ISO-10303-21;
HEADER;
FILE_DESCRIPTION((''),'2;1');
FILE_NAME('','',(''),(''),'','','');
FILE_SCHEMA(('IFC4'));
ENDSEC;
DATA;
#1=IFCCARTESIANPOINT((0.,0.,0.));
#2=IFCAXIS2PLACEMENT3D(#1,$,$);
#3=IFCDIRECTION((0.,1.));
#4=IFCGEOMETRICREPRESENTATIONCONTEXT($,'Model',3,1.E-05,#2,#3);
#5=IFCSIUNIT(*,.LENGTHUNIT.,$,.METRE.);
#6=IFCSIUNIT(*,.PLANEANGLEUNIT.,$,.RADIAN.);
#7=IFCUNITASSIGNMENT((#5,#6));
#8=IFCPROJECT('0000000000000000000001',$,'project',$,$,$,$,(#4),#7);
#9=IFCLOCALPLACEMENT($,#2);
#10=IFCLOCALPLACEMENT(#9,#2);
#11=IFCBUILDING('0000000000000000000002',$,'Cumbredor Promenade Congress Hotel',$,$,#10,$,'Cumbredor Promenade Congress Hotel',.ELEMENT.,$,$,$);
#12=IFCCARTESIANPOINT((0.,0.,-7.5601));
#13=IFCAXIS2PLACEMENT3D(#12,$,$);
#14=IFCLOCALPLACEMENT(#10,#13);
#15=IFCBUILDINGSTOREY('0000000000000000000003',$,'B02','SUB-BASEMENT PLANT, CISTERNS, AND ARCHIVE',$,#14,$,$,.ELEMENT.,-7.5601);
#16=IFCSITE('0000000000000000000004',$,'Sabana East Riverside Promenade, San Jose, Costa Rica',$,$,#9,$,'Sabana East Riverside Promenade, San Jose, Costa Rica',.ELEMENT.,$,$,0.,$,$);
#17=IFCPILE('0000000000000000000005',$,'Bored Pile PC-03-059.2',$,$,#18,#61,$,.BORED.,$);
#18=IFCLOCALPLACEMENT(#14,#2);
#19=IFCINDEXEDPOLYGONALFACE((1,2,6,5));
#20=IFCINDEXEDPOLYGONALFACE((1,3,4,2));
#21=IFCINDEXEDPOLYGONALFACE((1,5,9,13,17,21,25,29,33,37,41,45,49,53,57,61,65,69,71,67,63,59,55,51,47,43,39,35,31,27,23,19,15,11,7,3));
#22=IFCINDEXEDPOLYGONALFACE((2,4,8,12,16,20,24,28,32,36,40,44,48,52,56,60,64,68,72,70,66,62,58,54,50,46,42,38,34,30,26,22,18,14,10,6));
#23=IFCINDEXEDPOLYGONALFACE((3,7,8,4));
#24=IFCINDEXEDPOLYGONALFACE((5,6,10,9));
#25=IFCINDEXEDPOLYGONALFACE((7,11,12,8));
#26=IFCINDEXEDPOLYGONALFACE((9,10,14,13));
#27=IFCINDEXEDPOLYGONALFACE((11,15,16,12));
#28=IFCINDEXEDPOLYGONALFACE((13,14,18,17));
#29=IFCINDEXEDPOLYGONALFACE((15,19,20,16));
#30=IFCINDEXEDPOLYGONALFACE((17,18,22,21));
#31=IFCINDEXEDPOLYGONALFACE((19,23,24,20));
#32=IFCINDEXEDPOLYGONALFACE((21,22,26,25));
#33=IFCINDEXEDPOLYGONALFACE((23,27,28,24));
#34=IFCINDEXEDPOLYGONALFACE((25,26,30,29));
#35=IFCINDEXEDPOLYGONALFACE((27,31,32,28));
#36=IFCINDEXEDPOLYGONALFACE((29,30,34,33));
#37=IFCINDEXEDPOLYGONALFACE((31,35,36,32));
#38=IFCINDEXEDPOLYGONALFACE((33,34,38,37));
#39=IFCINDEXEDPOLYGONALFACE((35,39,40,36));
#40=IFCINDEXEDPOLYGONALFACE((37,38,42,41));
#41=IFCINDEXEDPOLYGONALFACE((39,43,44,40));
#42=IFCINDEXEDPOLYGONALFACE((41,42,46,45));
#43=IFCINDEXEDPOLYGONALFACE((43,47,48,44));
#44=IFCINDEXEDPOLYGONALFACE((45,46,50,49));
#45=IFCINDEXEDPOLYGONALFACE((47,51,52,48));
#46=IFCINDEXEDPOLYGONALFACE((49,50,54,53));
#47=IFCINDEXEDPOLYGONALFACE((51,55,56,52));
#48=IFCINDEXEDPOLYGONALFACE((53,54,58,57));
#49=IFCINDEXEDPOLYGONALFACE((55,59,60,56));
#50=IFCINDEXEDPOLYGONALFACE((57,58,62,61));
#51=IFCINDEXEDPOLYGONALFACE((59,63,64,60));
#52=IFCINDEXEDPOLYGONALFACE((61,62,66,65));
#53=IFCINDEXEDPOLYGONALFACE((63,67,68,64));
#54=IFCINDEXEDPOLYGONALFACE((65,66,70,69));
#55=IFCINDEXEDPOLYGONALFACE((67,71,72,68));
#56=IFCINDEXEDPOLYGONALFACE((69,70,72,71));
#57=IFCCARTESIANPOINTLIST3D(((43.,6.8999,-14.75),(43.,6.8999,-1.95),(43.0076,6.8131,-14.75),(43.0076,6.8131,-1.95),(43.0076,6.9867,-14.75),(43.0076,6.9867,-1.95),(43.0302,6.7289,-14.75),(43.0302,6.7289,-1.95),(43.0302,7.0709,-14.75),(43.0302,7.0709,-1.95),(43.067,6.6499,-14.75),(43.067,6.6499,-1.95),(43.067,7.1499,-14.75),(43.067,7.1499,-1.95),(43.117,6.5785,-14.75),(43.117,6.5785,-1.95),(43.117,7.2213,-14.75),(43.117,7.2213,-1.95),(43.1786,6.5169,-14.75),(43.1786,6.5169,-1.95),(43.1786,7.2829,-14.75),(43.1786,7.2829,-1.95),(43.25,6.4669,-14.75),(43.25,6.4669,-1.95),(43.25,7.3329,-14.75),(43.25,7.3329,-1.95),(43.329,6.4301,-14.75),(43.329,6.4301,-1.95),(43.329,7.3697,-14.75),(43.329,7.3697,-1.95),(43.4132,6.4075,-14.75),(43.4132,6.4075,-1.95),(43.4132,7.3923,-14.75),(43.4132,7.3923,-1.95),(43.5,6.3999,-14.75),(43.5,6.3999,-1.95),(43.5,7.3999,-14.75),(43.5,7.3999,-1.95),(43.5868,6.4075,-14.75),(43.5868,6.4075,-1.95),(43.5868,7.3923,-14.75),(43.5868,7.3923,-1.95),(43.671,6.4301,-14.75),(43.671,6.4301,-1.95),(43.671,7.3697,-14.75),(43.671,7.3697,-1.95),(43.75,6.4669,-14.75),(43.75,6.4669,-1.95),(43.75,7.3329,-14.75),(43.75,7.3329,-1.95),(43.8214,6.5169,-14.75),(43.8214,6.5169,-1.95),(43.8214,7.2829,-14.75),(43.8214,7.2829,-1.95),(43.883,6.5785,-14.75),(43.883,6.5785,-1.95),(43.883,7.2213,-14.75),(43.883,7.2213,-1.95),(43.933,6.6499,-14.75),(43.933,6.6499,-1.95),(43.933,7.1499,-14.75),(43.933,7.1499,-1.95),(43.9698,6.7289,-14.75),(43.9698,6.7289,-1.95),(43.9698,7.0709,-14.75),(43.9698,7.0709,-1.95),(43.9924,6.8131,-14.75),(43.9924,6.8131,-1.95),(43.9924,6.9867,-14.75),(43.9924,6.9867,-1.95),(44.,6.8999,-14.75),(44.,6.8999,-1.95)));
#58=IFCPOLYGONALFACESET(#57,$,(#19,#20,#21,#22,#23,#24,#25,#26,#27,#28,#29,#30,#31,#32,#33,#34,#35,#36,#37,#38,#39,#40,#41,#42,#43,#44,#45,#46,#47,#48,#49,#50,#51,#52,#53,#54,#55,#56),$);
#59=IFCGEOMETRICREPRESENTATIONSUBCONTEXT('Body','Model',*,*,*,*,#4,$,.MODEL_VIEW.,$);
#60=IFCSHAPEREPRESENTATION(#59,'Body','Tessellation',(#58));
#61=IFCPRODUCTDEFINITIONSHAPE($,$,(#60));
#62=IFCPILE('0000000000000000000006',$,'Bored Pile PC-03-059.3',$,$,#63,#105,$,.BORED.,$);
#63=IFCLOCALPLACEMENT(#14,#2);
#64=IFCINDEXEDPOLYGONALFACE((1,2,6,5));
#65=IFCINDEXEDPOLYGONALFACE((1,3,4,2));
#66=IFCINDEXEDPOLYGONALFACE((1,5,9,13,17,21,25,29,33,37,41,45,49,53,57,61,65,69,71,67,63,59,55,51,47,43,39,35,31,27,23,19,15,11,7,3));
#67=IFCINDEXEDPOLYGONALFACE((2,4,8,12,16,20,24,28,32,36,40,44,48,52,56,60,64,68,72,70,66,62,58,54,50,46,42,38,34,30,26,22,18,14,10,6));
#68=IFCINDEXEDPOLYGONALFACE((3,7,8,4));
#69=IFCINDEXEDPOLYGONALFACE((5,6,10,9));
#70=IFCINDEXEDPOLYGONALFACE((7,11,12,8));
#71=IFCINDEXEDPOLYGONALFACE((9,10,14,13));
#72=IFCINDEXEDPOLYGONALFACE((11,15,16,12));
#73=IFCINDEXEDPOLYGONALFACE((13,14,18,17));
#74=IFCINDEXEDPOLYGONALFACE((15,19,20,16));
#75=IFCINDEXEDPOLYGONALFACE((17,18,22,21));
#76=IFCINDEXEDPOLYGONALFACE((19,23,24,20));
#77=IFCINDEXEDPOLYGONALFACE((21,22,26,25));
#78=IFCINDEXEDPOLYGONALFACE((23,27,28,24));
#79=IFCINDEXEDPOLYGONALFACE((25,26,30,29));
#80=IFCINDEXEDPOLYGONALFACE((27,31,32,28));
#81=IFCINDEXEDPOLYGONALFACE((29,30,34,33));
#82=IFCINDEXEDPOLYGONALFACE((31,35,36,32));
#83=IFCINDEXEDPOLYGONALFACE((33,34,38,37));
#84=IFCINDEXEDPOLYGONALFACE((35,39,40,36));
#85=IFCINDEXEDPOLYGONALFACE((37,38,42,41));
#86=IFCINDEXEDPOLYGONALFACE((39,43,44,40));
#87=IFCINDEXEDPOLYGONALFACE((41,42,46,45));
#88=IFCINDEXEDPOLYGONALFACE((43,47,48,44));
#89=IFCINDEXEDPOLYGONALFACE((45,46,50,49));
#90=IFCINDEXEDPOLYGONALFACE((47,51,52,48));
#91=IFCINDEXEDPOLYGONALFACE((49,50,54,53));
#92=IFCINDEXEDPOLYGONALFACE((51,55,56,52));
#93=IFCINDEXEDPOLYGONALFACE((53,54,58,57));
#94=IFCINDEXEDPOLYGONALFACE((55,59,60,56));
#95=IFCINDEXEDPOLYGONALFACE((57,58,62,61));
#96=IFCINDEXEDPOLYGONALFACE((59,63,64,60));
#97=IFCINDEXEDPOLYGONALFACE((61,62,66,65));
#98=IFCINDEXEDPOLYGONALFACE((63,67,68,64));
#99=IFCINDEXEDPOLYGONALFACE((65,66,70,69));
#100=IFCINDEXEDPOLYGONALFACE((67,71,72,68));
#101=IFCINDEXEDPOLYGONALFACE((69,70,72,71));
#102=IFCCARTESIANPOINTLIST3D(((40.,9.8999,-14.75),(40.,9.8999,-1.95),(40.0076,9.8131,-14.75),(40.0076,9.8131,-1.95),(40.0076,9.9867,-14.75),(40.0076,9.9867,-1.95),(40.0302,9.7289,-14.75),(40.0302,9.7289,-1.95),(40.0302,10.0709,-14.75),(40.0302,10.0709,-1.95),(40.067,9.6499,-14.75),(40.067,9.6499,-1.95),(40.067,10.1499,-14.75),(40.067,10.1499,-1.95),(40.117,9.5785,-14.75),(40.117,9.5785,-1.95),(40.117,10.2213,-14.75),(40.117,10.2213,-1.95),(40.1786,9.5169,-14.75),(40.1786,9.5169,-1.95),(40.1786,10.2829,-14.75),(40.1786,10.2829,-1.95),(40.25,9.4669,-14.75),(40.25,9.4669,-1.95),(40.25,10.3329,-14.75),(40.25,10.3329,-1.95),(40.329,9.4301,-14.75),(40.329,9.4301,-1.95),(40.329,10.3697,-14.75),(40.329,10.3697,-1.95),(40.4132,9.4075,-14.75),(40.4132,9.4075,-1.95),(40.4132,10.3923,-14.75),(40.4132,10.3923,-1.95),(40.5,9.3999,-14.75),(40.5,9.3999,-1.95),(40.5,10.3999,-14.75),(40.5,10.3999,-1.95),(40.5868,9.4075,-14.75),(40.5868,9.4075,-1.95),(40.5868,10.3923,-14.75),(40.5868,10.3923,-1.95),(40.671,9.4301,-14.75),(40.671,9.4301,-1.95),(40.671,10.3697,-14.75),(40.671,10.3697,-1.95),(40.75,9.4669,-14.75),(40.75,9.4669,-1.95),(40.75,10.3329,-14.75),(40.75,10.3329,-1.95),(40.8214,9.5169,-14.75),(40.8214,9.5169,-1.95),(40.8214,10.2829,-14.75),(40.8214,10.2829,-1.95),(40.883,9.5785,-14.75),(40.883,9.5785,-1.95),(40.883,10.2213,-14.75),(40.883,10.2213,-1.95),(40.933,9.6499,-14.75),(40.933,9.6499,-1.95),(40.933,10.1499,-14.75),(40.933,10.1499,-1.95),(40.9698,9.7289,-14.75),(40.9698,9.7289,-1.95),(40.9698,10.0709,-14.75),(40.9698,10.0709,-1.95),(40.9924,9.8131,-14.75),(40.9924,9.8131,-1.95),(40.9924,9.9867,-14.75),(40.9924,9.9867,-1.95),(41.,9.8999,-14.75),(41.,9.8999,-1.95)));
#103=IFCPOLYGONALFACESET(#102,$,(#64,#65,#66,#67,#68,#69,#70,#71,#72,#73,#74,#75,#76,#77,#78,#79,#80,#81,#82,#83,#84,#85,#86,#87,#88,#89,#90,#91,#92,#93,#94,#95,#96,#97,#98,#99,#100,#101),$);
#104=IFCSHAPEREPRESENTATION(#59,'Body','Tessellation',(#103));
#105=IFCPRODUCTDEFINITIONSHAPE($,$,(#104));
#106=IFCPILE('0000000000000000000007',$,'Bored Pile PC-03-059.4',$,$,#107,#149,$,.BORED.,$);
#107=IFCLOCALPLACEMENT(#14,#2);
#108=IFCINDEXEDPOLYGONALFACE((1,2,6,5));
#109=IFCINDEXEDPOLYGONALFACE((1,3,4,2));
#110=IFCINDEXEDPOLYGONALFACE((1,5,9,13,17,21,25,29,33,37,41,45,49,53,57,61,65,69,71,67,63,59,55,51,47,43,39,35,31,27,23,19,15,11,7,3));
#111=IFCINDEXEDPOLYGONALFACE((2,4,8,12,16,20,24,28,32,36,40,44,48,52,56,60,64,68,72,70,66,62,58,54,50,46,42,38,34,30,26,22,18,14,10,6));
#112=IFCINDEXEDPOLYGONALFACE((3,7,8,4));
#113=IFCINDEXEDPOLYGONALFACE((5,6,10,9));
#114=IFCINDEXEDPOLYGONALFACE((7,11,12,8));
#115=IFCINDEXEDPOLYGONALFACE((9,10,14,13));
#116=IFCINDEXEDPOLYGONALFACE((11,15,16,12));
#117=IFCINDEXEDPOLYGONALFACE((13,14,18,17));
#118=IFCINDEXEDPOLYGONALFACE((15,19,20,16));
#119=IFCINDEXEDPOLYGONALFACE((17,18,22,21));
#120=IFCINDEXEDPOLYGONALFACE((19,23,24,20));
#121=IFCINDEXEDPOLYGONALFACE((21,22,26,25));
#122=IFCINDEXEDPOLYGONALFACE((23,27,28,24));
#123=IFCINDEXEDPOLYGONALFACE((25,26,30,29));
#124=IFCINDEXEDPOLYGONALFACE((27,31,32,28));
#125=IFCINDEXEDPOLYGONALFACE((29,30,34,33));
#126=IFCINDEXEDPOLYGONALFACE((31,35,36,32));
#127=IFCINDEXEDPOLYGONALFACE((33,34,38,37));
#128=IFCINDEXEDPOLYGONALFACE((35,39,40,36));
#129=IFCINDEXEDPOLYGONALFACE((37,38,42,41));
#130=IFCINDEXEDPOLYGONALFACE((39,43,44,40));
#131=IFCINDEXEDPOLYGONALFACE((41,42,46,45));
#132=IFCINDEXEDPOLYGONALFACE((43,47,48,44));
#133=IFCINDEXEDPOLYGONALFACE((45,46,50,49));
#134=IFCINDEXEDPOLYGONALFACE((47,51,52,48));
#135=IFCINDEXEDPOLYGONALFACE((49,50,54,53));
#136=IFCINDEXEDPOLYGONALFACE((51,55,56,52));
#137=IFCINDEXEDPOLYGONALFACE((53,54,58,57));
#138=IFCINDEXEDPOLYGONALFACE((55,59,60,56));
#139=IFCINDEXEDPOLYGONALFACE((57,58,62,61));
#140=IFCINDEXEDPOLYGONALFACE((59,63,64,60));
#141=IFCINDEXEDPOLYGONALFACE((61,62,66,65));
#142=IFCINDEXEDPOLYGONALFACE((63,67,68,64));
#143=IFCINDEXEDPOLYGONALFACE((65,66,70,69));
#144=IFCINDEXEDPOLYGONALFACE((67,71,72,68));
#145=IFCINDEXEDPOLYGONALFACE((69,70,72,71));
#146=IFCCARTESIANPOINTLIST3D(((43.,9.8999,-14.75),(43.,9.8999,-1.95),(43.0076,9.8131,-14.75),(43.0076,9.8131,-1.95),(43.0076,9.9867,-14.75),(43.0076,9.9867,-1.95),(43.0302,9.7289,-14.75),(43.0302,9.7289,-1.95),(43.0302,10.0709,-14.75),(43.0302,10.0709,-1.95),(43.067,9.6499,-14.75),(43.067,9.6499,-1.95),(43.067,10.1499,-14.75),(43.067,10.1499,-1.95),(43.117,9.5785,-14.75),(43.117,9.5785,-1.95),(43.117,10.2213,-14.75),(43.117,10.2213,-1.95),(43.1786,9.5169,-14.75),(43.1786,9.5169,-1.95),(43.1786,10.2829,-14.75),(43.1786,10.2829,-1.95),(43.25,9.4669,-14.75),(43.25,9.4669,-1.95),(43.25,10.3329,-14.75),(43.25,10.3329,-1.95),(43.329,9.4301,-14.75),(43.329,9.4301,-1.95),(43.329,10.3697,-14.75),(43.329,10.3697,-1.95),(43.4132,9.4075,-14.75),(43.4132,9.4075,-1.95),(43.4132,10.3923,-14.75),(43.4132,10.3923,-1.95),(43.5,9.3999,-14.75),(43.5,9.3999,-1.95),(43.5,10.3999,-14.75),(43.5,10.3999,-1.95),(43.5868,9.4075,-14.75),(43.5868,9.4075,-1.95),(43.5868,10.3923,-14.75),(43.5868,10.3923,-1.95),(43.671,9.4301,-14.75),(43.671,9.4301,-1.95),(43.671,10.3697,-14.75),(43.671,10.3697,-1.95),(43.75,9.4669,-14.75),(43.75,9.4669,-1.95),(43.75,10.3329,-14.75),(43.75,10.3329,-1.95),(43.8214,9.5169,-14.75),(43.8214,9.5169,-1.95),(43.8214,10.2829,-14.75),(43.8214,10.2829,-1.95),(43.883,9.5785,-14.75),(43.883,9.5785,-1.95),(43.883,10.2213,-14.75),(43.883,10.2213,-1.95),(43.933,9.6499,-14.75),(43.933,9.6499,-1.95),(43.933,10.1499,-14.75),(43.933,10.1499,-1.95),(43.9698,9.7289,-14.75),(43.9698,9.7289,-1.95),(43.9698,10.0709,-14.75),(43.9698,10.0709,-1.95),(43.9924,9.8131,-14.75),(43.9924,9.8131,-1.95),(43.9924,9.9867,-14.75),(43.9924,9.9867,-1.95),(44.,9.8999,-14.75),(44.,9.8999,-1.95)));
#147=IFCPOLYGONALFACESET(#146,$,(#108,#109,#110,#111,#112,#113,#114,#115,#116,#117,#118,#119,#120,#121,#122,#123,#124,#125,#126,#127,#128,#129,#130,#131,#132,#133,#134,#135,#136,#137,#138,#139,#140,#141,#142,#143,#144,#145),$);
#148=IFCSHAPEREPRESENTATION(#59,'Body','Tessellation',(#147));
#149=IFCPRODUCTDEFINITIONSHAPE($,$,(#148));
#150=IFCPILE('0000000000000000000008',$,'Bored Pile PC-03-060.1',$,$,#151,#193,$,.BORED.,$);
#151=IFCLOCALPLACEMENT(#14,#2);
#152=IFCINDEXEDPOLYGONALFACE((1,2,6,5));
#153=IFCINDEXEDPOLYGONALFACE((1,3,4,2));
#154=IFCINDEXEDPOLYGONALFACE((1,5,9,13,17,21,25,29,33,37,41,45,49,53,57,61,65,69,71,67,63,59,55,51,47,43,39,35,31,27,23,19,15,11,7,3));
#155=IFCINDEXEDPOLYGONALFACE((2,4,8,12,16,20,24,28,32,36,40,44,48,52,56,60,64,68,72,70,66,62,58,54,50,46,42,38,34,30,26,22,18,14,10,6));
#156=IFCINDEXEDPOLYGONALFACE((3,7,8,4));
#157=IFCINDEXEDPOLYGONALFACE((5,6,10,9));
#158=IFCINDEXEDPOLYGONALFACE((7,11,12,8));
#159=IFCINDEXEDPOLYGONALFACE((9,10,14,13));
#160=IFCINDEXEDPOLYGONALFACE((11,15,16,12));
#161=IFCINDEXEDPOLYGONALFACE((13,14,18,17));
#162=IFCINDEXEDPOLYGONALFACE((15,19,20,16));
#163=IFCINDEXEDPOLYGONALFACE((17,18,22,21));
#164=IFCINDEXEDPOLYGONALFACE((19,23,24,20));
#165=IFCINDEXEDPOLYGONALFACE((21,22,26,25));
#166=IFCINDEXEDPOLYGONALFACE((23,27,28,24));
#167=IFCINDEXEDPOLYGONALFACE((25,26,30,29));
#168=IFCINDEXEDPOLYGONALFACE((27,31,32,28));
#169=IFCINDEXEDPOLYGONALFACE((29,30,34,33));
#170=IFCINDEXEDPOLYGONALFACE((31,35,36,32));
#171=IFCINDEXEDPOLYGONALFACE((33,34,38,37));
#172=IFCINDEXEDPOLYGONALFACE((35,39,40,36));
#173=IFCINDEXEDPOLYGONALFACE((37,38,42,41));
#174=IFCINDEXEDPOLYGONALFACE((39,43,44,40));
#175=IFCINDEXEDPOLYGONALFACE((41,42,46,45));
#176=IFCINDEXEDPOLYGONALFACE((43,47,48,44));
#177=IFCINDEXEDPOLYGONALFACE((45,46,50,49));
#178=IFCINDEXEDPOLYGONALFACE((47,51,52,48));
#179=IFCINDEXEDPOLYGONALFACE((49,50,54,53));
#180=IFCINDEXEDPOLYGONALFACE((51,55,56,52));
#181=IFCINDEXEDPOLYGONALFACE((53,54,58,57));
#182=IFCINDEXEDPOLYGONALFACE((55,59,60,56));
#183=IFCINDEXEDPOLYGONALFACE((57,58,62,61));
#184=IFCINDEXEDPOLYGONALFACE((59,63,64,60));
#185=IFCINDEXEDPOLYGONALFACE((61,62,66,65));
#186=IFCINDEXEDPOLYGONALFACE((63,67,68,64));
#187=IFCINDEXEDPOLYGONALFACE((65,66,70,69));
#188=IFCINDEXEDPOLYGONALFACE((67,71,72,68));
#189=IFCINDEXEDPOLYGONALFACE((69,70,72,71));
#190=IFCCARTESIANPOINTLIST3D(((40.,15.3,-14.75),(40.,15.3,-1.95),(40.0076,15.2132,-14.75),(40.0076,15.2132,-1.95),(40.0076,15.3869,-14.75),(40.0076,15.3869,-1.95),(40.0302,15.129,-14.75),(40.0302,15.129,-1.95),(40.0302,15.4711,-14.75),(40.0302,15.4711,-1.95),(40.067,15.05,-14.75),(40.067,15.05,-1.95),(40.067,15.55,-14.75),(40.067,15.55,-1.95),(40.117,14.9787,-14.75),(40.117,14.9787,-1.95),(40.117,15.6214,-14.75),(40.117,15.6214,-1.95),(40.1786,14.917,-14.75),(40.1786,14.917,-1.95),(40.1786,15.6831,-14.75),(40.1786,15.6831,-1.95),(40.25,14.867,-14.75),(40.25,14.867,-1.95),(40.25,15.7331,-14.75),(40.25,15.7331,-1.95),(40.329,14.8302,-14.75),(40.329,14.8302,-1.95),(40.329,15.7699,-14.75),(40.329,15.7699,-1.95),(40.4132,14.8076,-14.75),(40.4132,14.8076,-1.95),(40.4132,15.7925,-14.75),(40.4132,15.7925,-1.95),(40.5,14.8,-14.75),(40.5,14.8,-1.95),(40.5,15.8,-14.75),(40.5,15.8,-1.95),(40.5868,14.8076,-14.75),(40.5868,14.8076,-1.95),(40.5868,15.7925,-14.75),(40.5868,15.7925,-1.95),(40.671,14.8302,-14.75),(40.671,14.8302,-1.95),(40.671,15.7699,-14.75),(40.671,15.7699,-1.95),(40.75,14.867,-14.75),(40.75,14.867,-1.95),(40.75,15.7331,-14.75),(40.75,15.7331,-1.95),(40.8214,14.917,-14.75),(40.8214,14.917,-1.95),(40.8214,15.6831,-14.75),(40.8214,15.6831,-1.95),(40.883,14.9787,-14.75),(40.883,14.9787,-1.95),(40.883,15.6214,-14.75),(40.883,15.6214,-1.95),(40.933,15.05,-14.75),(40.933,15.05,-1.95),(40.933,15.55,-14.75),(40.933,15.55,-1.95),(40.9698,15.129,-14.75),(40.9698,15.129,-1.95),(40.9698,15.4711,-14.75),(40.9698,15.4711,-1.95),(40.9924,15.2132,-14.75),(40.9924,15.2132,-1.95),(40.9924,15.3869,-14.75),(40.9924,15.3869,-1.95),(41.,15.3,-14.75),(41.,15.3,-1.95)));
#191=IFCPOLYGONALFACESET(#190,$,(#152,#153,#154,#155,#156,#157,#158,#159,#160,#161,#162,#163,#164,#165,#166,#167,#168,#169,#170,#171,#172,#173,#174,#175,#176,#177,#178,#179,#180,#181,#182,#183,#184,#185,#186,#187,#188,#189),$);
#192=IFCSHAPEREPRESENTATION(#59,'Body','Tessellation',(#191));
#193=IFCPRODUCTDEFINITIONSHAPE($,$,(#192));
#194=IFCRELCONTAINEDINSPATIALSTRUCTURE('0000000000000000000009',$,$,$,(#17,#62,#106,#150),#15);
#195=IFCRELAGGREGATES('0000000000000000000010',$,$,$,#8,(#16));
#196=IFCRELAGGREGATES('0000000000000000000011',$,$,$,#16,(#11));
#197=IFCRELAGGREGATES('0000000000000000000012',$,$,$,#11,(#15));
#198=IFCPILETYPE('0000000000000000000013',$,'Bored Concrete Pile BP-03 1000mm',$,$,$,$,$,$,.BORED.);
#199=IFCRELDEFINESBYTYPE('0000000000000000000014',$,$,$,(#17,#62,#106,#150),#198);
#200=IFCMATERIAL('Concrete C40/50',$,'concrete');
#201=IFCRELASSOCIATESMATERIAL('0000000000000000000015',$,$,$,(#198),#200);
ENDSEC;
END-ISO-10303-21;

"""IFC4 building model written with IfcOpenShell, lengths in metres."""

from ifc_helpers import new_model, si_unit, direction, frame, origin, origin_2d, place, context, subcontext, project, spatial, circle, extrude, material, material_profile, profile_set, type_object, element, save


model = new_model("IFC4")

# Units and contexts
model_context = context("Model", 3, precision=1e-05, world=origin(), true_north=direction((0.0, 1.0)))
body_context = subcontext(model_context, "Body", "Model", "MODEL_VIEW")
ifc_project = project(units=[si_unit("LENGTHUNIT", "METRE"), si_unit("PLANEANGLEUNIT", "RADIAN")], contexts=[model_context])

# Site, building, storey
site_placement = place(None, origin())
site = spatial("IfcSite", under=ifc_project, at=site_placement, Name="Sabana East Riverside Promenade, San Jose, Costa Rica", LongName="Sabana East Riverside Promenade, San Jose, Costa Rica", CompositionType="ELEMENT", RefElevation=0.0)
building_placement = place(site_placement, origin())
building = spatial("IfcBuilding", under=site, at=building_placement, Name="Cumbredor Promenade Congress Hotel", LongName="Cumbredor Promenade Congress Hotel", CompositionType="ELEMENT")
storey_placement = place(building_placement, frame((0.0, 0.0, -7.5601)))
storey = spatial("IfcBuildingStorey", under=building, at=storey_placement, Name="B02", Description="SUB-BASEMENT PLANT, CISTERNS, AND ARCHIVE", CompositionType="ELEMENT", Elevation=-7.5601)

# Piles
ifc_material_1 = material(Name="Concrete C40/50", Category="concrete")
ifc_material_profile_1 = material_profile(ifc_material_1, circle(Radius=0.5, at=origin_2d()), Name="PILE D1000")
ifc_profile_set_1 = profile_set([ifc_material_profile_1], Name="Concrete C40/50")
pile_type = type_object("IfcPileType", Name="Bored Concrete Pile BP-03 1000mm", PredefinedType="BORED", material=ifc_profile_set_1)
for number, where, z_axis, x_axis, name in (
    (1, (43.5, 6.8999, -1.95), (0.0, 0.0, -1.0), (1.0, 0.0, 0.0), "Bored Pile PC-03-059.2"),
    (2, (40.5, 9.8999, -1.95), (0.0, 0.0, -1.0), (1.0, 0.0, 0.0), "Bored Pile PC-03-059.3"),
    (3, (43.5, 9.8999, -1.95), (0.0, 0.0, -1.0), (1.0, 0.0, 0.0), "Bored Pile PC-03-059.4"),
    (4, (40.5, 15.3, -1.95), (0.0, 0.0, -1.0), (1.0, 0.0, 0.0), "Bored Pile PC-03-060.1"),
):
    element("IfcPile", number, at=place(storey_placement, frame(where, z_axis=z_axis, x_axis=x_axis)), inside=storey, type_object=pile_type, Name=name, PredefinedType="BORED", context=body_context, shape_type="SweptSolid", body=[
        extrude(circle(Radius=0.5, at=origin_2d()), origin(), (0.0, 0.0, 1.0), 12.8),
    ])

save(model, "model.ifc")
